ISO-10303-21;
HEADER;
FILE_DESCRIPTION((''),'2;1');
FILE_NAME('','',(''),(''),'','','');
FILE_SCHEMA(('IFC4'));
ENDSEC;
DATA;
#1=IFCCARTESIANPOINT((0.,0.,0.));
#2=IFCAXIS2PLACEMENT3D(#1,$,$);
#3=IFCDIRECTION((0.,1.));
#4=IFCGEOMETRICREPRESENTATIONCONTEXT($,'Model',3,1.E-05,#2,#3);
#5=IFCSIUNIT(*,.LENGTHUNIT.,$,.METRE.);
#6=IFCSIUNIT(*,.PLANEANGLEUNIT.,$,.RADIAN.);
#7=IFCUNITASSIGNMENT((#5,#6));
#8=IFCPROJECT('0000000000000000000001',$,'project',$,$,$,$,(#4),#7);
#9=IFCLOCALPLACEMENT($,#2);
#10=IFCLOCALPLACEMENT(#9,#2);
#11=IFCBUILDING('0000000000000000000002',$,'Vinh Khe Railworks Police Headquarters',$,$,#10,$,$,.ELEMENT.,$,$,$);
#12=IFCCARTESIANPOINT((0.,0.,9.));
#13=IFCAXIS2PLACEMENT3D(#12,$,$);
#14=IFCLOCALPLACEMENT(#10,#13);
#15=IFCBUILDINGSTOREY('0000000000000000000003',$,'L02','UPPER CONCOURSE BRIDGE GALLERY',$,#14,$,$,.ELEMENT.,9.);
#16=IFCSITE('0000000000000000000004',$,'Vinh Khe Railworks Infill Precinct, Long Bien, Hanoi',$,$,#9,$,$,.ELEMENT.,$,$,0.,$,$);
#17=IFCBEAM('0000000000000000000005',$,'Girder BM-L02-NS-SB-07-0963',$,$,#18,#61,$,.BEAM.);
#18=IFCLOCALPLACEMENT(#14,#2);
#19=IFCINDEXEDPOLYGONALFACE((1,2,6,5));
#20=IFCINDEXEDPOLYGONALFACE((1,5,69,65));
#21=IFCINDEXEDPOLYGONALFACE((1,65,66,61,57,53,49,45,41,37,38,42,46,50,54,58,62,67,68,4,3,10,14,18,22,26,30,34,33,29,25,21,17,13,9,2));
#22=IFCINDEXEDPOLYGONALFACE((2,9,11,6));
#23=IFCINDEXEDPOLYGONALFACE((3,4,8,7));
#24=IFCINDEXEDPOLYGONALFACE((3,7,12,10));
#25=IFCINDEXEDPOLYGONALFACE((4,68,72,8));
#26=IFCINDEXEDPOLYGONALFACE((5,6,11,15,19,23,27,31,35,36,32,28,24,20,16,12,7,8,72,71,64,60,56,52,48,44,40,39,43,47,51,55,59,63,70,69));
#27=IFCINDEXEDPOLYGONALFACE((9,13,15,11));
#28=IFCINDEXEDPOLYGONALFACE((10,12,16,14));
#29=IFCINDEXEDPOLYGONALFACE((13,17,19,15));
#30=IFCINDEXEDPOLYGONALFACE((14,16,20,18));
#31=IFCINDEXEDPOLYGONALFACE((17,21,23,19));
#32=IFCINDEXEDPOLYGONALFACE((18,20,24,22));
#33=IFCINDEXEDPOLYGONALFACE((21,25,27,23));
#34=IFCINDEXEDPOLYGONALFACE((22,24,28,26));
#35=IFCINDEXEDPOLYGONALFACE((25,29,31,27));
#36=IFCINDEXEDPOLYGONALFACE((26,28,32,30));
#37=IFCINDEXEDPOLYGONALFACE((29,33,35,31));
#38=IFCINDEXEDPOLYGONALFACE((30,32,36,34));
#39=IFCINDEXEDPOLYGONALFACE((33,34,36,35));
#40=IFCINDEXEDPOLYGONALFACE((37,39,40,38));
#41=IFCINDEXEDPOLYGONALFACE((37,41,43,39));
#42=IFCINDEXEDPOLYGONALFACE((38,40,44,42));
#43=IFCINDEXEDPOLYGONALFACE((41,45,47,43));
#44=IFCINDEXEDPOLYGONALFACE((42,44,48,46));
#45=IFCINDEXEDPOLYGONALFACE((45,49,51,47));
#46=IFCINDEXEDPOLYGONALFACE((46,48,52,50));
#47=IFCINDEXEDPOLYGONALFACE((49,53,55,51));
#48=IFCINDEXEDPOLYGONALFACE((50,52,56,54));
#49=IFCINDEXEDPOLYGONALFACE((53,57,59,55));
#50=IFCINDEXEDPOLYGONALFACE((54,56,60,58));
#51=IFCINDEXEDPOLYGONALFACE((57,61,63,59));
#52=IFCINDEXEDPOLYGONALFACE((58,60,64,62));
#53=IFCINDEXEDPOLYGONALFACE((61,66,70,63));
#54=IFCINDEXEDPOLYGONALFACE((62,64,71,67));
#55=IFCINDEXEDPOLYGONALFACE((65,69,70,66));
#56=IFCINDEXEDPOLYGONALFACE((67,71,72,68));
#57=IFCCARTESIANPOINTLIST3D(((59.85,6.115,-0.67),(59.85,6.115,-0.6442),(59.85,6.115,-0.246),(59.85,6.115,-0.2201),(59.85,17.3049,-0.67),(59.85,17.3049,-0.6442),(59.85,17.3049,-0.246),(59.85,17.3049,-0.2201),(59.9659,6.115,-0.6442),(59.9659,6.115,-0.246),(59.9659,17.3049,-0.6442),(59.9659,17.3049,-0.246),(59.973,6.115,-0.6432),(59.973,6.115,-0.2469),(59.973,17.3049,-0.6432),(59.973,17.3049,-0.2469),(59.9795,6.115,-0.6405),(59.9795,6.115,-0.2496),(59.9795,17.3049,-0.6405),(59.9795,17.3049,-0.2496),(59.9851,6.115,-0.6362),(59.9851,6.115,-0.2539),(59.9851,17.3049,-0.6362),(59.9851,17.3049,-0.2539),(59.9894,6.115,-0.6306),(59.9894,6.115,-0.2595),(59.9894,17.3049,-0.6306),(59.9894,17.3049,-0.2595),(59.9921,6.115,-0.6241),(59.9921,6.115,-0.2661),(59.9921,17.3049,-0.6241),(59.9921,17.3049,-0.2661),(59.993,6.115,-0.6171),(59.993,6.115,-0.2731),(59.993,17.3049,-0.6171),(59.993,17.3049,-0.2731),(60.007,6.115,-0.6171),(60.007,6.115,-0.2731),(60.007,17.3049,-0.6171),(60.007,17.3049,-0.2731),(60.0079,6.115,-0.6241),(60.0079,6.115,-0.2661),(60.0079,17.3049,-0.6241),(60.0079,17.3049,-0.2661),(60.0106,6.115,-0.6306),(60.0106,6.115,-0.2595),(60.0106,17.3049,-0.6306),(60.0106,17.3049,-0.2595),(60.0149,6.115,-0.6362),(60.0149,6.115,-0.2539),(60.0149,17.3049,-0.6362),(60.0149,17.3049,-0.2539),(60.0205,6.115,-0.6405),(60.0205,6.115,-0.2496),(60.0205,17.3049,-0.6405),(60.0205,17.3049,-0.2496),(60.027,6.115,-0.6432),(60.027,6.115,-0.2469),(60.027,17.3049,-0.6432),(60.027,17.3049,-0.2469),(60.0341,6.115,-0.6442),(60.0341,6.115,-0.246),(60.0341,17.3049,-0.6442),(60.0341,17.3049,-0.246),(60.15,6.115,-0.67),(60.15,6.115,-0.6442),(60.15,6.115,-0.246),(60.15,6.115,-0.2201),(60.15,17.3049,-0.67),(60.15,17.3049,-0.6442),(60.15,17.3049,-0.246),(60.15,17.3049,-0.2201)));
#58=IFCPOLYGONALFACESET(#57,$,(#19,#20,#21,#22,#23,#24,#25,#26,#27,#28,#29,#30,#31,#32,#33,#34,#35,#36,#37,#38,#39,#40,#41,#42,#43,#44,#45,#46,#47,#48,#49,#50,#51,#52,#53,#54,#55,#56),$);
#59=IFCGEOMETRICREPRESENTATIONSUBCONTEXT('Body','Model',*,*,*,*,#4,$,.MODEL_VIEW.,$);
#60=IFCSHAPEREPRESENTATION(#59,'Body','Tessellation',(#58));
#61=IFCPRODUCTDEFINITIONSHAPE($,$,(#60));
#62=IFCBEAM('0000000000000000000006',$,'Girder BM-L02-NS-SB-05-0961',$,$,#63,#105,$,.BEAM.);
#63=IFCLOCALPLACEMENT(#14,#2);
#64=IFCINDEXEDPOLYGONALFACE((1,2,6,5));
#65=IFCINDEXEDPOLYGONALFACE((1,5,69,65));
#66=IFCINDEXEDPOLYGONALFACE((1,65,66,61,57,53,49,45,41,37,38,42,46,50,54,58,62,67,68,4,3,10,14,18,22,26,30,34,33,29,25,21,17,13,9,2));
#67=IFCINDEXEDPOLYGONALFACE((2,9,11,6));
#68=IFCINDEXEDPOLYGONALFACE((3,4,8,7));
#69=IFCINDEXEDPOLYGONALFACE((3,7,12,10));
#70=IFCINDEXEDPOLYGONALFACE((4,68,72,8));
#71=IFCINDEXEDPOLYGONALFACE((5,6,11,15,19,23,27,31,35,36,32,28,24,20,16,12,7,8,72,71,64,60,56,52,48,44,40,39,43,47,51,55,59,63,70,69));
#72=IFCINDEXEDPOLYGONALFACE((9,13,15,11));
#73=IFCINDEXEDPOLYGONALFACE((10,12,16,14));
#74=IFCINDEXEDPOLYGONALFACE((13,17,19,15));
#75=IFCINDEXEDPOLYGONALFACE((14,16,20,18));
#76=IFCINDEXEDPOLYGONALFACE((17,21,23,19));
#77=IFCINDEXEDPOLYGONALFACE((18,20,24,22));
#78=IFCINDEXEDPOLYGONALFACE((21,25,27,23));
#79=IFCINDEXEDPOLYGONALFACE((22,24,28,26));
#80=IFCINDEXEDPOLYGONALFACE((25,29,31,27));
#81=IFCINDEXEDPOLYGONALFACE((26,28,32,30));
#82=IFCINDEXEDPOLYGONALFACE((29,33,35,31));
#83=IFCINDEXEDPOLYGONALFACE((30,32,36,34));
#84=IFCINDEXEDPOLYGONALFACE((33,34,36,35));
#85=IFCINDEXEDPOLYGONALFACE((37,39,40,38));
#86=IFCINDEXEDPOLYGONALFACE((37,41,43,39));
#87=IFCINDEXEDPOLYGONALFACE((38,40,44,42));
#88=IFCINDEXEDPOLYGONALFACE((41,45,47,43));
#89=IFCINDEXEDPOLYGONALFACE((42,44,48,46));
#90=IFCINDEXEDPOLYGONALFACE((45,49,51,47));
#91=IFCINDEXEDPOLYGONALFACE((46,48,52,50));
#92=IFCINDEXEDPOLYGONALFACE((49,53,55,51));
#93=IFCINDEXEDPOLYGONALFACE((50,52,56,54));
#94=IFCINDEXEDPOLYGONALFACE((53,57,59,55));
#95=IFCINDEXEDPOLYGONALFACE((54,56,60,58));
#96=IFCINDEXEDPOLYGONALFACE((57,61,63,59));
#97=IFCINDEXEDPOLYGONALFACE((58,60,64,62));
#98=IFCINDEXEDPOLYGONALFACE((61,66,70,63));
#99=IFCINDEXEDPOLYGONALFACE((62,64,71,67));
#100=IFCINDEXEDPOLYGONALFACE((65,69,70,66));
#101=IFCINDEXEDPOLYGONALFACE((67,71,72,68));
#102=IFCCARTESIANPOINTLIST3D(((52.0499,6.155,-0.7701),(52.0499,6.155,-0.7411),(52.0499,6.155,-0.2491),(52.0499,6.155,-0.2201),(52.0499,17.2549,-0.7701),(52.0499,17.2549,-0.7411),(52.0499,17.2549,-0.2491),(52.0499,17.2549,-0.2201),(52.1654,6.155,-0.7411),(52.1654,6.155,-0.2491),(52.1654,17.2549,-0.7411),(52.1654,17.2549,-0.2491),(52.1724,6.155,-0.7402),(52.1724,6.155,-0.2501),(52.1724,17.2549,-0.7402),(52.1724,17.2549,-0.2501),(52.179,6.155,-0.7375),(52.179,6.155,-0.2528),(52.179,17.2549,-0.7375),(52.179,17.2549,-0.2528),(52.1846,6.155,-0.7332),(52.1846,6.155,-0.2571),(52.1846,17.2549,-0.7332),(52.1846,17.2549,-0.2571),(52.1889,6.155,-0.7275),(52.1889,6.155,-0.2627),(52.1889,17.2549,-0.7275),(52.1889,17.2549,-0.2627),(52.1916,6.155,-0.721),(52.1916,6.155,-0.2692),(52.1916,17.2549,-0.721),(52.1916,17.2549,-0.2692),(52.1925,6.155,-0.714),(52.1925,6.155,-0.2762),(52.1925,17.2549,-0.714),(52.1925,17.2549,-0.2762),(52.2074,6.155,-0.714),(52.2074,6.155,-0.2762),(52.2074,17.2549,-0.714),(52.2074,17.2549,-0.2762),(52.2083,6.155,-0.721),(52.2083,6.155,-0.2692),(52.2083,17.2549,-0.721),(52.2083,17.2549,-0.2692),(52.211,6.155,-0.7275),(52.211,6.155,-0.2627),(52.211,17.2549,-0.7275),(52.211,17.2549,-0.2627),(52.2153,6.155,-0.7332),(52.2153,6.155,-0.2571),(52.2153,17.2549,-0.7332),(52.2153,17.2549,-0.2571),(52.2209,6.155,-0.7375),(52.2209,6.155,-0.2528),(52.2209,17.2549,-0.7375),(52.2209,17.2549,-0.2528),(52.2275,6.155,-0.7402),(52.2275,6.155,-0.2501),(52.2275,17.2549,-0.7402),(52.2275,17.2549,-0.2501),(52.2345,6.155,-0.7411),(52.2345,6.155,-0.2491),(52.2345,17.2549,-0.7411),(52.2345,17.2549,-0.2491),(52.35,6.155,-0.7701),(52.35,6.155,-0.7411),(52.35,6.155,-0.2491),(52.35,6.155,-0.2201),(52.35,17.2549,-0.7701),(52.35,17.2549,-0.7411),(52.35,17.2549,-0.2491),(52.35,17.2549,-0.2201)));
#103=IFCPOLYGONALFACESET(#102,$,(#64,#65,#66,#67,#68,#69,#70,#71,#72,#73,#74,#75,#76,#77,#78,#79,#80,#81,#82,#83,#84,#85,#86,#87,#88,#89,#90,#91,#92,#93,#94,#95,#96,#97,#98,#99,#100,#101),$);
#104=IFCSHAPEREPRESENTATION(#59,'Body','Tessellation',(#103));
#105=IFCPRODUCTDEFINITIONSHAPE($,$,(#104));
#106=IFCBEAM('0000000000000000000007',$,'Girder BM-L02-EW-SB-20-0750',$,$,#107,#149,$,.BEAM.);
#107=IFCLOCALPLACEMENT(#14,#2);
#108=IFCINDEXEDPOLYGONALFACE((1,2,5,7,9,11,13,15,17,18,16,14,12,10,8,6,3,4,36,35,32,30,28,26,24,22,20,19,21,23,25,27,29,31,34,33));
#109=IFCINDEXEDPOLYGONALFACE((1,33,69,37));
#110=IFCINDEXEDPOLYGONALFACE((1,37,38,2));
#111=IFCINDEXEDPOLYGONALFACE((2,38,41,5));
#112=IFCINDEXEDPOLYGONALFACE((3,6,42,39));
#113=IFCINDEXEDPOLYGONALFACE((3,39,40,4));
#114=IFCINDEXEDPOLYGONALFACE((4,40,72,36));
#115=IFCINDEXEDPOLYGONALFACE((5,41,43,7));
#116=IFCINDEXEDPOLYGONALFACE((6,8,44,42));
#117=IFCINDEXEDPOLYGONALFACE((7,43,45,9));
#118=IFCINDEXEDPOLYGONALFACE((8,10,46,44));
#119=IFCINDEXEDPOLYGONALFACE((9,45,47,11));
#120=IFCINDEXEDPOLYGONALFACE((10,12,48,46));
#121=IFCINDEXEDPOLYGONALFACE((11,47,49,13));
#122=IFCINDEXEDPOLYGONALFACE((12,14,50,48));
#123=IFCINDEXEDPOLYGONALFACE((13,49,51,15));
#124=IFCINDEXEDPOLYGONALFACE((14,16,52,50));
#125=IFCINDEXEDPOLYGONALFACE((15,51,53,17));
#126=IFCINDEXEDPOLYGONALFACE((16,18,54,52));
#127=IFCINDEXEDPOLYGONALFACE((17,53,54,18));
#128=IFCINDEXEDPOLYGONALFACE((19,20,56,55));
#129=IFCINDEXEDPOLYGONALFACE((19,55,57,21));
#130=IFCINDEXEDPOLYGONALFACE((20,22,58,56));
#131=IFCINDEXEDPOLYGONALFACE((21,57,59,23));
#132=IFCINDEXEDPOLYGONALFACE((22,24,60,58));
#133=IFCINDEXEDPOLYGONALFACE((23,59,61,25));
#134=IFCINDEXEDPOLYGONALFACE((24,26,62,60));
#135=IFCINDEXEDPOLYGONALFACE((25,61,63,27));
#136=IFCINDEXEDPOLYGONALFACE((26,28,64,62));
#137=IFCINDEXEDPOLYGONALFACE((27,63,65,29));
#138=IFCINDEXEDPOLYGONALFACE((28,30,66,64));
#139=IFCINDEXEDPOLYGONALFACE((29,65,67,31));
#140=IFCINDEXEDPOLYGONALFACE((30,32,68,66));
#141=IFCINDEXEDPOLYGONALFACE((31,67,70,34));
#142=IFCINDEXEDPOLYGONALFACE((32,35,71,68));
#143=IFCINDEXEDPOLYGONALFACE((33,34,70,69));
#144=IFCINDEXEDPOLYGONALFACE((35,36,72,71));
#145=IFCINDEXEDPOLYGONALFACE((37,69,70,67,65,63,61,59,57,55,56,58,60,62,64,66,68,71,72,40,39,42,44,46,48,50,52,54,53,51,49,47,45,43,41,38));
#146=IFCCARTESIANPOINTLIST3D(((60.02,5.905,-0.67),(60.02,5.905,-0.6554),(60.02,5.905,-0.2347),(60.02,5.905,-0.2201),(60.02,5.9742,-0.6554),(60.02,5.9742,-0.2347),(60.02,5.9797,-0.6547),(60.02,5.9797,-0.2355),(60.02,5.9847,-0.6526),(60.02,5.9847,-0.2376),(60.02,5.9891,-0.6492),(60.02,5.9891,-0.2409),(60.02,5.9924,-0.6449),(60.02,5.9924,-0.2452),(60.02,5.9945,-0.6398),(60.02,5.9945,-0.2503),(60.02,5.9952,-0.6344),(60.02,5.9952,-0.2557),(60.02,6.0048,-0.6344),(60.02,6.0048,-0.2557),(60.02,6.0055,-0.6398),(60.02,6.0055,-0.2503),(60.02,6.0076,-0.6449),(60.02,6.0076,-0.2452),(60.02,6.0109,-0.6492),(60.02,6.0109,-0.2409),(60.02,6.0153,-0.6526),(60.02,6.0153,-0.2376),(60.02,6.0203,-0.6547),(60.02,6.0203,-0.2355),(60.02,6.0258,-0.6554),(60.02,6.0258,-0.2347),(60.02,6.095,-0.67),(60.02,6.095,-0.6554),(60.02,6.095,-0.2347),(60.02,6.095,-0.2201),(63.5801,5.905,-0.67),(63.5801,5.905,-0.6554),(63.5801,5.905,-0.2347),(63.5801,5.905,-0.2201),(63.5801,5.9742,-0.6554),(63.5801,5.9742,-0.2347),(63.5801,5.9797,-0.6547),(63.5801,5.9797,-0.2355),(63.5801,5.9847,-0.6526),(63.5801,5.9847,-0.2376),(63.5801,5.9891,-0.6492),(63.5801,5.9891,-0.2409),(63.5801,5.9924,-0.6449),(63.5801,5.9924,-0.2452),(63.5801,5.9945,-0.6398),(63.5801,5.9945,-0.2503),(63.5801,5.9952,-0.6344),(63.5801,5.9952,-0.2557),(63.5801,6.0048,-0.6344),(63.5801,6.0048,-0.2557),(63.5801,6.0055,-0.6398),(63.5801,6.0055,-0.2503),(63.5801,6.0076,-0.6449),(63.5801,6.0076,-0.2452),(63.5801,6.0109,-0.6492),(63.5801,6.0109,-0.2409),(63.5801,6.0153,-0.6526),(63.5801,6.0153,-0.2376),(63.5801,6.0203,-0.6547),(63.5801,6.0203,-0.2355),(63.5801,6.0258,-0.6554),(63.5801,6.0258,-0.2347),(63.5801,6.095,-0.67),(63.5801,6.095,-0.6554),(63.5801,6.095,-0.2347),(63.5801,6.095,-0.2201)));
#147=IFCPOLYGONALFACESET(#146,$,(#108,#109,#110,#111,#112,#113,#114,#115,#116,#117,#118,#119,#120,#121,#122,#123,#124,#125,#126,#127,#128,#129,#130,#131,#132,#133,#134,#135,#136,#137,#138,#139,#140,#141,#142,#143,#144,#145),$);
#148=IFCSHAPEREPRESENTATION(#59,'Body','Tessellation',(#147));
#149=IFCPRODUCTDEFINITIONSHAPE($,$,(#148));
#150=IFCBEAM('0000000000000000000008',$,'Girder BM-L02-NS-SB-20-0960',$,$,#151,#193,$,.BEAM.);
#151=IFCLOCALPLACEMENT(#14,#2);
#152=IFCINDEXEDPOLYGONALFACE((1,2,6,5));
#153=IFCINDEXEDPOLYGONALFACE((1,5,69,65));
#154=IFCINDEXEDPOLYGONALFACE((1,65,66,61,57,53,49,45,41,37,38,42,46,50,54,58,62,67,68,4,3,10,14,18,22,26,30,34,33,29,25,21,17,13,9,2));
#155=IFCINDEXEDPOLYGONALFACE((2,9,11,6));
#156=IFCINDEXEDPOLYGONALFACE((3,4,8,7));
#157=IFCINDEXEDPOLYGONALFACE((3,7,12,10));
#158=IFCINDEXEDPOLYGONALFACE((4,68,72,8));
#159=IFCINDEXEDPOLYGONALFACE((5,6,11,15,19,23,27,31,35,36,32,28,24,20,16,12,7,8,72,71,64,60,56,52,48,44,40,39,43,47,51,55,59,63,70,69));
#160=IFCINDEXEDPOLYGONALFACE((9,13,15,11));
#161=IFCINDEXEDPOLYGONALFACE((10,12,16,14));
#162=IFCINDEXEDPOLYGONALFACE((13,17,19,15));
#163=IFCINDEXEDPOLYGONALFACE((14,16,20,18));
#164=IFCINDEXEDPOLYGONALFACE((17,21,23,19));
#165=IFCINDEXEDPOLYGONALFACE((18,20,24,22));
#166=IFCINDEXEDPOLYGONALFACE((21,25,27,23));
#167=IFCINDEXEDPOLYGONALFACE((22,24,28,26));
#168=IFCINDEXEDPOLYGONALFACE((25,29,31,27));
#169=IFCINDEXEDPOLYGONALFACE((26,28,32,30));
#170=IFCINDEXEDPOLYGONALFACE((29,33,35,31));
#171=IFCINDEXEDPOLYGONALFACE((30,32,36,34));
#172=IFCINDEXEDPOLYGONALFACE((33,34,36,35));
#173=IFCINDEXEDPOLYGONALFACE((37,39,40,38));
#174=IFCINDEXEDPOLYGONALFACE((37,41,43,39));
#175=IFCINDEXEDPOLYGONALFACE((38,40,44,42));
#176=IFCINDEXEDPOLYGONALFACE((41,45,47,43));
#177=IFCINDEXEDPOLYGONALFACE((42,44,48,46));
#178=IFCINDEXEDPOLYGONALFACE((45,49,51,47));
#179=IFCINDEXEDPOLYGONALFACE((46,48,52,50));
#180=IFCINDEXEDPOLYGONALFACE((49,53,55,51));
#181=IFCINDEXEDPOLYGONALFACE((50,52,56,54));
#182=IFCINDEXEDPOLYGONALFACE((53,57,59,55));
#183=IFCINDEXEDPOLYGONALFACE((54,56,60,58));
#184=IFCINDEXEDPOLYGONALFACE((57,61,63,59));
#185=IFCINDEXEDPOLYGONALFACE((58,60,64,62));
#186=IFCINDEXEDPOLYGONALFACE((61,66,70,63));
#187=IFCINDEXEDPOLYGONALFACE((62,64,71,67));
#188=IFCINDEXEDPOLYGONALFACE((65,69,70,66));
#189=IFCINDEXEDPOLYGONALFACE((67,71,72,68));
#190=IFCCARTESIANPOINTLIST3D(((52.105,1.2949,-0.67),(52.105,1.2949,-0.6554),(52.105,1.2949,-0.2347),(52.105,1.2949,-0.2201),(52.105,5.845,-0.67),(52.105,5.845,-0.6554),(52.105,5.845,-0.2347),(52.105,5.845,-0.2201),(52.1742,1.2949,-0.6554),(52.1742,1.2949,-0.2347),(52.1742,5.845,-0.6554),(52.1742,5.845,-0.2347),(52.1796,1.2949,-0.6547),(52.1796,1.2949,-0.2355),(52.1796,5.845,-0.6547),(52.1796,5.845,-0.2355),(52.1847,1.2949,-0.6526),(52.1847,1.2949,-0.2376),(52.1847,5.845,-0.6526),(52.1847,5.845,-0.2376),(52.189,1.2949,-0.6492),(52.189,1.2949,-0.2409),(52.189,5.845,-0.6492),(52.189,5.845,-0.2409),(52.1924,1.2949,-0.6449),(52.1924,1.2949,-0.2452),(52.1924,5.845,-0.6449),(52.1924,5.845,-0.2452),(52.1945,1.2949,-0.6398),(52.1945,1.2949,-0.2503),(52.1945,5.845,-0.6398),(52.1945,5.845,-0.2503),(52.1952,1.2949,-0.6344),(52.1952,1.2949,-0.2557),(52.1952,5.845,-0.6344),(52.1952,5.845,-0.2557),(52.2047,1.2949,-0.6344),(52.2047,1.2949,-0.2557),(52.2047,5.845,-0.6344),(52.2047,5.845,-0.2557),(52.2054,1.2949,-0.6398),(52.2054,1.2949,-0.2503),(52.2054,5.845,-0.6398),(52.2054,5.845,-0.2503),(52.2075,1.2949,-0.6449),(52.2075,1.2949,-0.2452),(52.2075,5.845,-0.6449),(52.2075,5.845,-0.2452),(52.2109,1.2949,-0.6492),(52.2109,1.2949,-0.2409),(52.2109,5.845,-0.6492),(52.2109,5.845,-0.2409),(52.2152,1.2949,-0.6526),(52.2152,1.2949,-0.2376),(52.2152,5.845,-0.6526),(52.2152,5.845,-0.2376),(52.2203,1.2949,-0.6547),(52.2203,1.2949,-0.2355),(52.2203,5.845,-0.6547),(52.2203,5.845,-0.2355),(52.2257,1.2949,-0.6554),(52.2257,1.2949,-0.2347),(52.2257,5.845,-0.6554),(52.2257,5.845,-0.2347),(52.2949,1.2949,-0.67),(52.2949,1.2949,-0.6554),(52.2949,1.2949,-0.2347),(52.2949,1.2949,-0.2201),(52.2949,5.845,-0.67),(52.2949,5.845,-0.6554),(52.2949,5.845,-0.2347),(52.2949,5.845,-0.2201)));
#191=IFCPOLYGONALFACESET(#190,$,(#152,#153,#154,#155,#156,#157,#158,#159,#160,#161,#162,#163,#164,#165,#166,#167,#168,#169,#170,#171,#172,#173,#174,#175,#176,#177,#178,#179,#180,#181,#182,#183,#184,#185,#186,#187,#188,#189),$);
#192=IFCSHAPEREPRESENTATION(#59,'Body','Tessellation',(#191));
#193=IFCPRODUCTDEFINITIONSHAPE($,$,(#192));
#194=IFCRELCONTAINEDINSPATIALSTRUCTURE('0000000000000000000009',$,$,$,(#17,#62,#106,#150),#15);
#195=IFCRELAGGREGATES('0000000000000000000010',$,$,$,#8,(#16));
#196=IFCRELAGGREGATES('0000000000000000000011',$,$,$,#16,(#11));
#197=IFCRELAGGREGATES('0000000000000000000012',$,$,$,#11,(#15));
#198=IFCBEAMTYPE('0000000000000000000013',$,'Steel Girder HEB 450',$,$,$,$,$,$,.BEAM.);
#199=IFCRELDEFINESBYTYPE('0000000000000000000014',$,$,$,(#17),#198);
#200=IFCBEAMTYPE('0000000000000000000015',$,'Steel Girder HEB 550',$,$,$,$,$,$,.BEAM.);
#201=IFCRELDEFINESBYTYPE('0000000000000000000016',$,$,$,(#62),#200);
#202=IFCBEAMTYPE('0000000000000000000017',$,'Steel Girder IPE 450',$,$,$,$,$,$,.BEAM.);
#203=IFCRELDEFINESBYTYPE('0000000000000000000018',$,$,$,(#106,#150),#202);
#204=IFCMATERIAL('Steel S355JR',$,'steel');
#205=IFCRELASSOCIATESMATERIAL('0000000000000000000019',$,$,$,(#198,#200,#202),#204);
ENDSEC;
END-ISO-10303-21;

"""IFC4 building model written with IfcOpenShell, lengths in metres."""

from ifc_helpers import new_model, si_unit, direction, frame, origin, origin_2d, place, context, subcontext, project, spatial, i_section, extrude, material, material_profile, profile_set, type_object, element, save


model = new_model("IFC4")

# Units and contexts
model_context = context("Model", 3, precision=1e-05, world=origin(), true_north=direction((0.0, 1.0)))
body_context = subcontext(model_context, "Body", "Model", "MODEL_VIEW")
ifc_project = project(units=[si_unit("LENGTHUNIT", "METRE"), si_unit("PLANEANGLEUNIT", "RADIAN")], contexts=[model_context])

# Site, building, storey
site_placement = place(None, origin())
site = spatial("IfcSite", under=ifc_project, at=site_placement, Name="Vinh Khe Railworks Infill Precinct, Long Bien, Hanoi", CompositionType="ELEMENT", RefElevation=0.0)
building_placement = place(site_placement, origin())
building = spatial("IfcBuilding", under=site, at=building_placement, Name="Vinh Khe Railworks Police Headquarters", CompositionType="ELEMENT")
storey_placement = place(building_placement, frame((0.0, 0.0, 9.0)))
storey = spatial("IfcBuildingStorey", under=building, at=storey_placement, Name="L02", Description="UPPER CONCOURSE BRIDGE GALLERY", CompositionType="ELEMENT", Elevation=9.0)

# Beams
ifc_material_1 = material(Name="Steel S355JR", Category="steel")
ifc_material_profile_1 = material_profile(ifc_material_1, i_section(OverallWidth=0.3, OverallDepth=0.45, WebThickness=0.0139, FlangeThickness=0.0259, FilletRadius=0.0271, at=origin_2d()), Name="HEB 450")
ifc_profile_set_1 = profile_set([ifc_material_profile_1], Name="Steel S355JR")
beam_type_1 = type_object("IfcBeamType", Name="Steel Girder HEB 450", PredefinedType="BEAM", material=ifc_profile_set_1)
beam_1_placement = place(storey_placement, frame((60.0, 6.115, -0.4451), z_axis=(0.0, 1.0, 0.0), x_axis=(-1.0, 0.0, 0.0)))
element("IfcBeam", 1, at=beam_1_placement, inside=storey, type_object=beam_type_1, Name="Girder BM-L02-NS-SB-07-0963", PredefinedType="BEAM", context=body_context, shape_type="SweptSolid", body=[
    extrude(i_section(OverallWidth=0.3, OverallDepth=0.45, WebThickness=0.0139, FlangeThickness=0.0259, FilletRadius=0.0271, at=origin_2d()), origin(), (0.0, 0.0, 1.0), 11.1899),
])
ifc_material_profile_2 = material_profile(ifc_material_1, i_section(OverallWidth=0.3, OverallDepth=0.55, WebThickness=0.0149, FlangeThickness=0.0291, FilletRadius=0.0271, at=origin_2d()), Name="HEB 550")
ifc_profile_set_2 = profile_set([ifc_material_profile_2], Name="Steel S355JR")
beam_type_2 = type_object("IfcBeamType", Name="Steel Girder HEB 550", PredefinedType="BEAM", material=ifc_profile_set_2)
beam_2_placement = place(storey_placement, frame((52.2, 6.155, -0.4951), z_axis=(0.0, 1.0, 0.0), x_axis=(-1.0, 0.0, 0.0)))
element("IfcBeam", 2, at=beam_2_placement, inside=storey, type_object=beam_type_2, Name="Girder BM-L02-NS-SB-05-0961", PredefinedType="BEAM", context=body_context, shape_type="SweptSolid", body=[
    extrude(i_section(OverallWidth=0.3, OverallDepth=0.55, WebThickness=0.0149, FlangeThickness=0.0291, FilletRadius=0.0271, at=origin_2d()), origin(), (0.0, 0.0, 1.0), 11.0999),
])
ifc_material_profile_3 = material_profile(ifc_material_1, i_section(OverallWidth=0.1899, OverallDepth=0.45, WebThickness=0.0095, FlangeThickness=0.0146, FilletRadius=0.021, at=origin_2d()), Name="IPE 450")
ifc_profile_set_3 = profile_set([ifc_material_profile_3], Name="Steel S355JR")
beam_type_3 = type_object("IfcBeamType", Name="Steel Girder IPE 450", PredefinedType="BEAM", material=ifc_profile_set_3)
beam_3_placement = place(storey_placement, frame((60.02, 6.0, -0.4451), z_axis=(1.0, 0.0, 0.0), x_axis=(0.0, 1.0, 0.0)))
element("IfcBeam", 3, at=beam_3_placement, inside=storey, type_object=beam_type_3, Name="Girder BM-L02-EW-SB-20-0750", PredefinedType="BEAM", context=body_context, shape_type="SweptSolid", body=[
    extrude(i_section(OverallWidth=0.1899, OverallDepth=0.45, WebThickness=0.0095, FlangeThickness=0.0146, FilletRadius=0.021, at=origin_2d()), origin(), (0.0, 0.0, 1.0), 3.5601),
])
beam_4_placement = place(storey_placement, frame((52.2, 1.2949, -0.4451), z_axis=(0.0, 1.0, 0.0), x_axis=(-1.0, 0.0, 0.0)))
element("IfcBeam", 4, at=beam_4_placement, inside=storey, type_object=beam_type_3, Name="Girder BM-L02-NS-SB-20-0960", PredefinedType="BEAM", context=body_context, shape_type="SweptSolid", body=[
    extrude(i_section(OverallWidth=0.1899, OverallDepth=0.45, WebThickness=0.0095, FlangeThickness=0.0146, FilletRadius=0.021, at=origin_2d()), origin(), (0.0, 0.0, 1.0), 4.55),
])

save(model, "model.ifc")
